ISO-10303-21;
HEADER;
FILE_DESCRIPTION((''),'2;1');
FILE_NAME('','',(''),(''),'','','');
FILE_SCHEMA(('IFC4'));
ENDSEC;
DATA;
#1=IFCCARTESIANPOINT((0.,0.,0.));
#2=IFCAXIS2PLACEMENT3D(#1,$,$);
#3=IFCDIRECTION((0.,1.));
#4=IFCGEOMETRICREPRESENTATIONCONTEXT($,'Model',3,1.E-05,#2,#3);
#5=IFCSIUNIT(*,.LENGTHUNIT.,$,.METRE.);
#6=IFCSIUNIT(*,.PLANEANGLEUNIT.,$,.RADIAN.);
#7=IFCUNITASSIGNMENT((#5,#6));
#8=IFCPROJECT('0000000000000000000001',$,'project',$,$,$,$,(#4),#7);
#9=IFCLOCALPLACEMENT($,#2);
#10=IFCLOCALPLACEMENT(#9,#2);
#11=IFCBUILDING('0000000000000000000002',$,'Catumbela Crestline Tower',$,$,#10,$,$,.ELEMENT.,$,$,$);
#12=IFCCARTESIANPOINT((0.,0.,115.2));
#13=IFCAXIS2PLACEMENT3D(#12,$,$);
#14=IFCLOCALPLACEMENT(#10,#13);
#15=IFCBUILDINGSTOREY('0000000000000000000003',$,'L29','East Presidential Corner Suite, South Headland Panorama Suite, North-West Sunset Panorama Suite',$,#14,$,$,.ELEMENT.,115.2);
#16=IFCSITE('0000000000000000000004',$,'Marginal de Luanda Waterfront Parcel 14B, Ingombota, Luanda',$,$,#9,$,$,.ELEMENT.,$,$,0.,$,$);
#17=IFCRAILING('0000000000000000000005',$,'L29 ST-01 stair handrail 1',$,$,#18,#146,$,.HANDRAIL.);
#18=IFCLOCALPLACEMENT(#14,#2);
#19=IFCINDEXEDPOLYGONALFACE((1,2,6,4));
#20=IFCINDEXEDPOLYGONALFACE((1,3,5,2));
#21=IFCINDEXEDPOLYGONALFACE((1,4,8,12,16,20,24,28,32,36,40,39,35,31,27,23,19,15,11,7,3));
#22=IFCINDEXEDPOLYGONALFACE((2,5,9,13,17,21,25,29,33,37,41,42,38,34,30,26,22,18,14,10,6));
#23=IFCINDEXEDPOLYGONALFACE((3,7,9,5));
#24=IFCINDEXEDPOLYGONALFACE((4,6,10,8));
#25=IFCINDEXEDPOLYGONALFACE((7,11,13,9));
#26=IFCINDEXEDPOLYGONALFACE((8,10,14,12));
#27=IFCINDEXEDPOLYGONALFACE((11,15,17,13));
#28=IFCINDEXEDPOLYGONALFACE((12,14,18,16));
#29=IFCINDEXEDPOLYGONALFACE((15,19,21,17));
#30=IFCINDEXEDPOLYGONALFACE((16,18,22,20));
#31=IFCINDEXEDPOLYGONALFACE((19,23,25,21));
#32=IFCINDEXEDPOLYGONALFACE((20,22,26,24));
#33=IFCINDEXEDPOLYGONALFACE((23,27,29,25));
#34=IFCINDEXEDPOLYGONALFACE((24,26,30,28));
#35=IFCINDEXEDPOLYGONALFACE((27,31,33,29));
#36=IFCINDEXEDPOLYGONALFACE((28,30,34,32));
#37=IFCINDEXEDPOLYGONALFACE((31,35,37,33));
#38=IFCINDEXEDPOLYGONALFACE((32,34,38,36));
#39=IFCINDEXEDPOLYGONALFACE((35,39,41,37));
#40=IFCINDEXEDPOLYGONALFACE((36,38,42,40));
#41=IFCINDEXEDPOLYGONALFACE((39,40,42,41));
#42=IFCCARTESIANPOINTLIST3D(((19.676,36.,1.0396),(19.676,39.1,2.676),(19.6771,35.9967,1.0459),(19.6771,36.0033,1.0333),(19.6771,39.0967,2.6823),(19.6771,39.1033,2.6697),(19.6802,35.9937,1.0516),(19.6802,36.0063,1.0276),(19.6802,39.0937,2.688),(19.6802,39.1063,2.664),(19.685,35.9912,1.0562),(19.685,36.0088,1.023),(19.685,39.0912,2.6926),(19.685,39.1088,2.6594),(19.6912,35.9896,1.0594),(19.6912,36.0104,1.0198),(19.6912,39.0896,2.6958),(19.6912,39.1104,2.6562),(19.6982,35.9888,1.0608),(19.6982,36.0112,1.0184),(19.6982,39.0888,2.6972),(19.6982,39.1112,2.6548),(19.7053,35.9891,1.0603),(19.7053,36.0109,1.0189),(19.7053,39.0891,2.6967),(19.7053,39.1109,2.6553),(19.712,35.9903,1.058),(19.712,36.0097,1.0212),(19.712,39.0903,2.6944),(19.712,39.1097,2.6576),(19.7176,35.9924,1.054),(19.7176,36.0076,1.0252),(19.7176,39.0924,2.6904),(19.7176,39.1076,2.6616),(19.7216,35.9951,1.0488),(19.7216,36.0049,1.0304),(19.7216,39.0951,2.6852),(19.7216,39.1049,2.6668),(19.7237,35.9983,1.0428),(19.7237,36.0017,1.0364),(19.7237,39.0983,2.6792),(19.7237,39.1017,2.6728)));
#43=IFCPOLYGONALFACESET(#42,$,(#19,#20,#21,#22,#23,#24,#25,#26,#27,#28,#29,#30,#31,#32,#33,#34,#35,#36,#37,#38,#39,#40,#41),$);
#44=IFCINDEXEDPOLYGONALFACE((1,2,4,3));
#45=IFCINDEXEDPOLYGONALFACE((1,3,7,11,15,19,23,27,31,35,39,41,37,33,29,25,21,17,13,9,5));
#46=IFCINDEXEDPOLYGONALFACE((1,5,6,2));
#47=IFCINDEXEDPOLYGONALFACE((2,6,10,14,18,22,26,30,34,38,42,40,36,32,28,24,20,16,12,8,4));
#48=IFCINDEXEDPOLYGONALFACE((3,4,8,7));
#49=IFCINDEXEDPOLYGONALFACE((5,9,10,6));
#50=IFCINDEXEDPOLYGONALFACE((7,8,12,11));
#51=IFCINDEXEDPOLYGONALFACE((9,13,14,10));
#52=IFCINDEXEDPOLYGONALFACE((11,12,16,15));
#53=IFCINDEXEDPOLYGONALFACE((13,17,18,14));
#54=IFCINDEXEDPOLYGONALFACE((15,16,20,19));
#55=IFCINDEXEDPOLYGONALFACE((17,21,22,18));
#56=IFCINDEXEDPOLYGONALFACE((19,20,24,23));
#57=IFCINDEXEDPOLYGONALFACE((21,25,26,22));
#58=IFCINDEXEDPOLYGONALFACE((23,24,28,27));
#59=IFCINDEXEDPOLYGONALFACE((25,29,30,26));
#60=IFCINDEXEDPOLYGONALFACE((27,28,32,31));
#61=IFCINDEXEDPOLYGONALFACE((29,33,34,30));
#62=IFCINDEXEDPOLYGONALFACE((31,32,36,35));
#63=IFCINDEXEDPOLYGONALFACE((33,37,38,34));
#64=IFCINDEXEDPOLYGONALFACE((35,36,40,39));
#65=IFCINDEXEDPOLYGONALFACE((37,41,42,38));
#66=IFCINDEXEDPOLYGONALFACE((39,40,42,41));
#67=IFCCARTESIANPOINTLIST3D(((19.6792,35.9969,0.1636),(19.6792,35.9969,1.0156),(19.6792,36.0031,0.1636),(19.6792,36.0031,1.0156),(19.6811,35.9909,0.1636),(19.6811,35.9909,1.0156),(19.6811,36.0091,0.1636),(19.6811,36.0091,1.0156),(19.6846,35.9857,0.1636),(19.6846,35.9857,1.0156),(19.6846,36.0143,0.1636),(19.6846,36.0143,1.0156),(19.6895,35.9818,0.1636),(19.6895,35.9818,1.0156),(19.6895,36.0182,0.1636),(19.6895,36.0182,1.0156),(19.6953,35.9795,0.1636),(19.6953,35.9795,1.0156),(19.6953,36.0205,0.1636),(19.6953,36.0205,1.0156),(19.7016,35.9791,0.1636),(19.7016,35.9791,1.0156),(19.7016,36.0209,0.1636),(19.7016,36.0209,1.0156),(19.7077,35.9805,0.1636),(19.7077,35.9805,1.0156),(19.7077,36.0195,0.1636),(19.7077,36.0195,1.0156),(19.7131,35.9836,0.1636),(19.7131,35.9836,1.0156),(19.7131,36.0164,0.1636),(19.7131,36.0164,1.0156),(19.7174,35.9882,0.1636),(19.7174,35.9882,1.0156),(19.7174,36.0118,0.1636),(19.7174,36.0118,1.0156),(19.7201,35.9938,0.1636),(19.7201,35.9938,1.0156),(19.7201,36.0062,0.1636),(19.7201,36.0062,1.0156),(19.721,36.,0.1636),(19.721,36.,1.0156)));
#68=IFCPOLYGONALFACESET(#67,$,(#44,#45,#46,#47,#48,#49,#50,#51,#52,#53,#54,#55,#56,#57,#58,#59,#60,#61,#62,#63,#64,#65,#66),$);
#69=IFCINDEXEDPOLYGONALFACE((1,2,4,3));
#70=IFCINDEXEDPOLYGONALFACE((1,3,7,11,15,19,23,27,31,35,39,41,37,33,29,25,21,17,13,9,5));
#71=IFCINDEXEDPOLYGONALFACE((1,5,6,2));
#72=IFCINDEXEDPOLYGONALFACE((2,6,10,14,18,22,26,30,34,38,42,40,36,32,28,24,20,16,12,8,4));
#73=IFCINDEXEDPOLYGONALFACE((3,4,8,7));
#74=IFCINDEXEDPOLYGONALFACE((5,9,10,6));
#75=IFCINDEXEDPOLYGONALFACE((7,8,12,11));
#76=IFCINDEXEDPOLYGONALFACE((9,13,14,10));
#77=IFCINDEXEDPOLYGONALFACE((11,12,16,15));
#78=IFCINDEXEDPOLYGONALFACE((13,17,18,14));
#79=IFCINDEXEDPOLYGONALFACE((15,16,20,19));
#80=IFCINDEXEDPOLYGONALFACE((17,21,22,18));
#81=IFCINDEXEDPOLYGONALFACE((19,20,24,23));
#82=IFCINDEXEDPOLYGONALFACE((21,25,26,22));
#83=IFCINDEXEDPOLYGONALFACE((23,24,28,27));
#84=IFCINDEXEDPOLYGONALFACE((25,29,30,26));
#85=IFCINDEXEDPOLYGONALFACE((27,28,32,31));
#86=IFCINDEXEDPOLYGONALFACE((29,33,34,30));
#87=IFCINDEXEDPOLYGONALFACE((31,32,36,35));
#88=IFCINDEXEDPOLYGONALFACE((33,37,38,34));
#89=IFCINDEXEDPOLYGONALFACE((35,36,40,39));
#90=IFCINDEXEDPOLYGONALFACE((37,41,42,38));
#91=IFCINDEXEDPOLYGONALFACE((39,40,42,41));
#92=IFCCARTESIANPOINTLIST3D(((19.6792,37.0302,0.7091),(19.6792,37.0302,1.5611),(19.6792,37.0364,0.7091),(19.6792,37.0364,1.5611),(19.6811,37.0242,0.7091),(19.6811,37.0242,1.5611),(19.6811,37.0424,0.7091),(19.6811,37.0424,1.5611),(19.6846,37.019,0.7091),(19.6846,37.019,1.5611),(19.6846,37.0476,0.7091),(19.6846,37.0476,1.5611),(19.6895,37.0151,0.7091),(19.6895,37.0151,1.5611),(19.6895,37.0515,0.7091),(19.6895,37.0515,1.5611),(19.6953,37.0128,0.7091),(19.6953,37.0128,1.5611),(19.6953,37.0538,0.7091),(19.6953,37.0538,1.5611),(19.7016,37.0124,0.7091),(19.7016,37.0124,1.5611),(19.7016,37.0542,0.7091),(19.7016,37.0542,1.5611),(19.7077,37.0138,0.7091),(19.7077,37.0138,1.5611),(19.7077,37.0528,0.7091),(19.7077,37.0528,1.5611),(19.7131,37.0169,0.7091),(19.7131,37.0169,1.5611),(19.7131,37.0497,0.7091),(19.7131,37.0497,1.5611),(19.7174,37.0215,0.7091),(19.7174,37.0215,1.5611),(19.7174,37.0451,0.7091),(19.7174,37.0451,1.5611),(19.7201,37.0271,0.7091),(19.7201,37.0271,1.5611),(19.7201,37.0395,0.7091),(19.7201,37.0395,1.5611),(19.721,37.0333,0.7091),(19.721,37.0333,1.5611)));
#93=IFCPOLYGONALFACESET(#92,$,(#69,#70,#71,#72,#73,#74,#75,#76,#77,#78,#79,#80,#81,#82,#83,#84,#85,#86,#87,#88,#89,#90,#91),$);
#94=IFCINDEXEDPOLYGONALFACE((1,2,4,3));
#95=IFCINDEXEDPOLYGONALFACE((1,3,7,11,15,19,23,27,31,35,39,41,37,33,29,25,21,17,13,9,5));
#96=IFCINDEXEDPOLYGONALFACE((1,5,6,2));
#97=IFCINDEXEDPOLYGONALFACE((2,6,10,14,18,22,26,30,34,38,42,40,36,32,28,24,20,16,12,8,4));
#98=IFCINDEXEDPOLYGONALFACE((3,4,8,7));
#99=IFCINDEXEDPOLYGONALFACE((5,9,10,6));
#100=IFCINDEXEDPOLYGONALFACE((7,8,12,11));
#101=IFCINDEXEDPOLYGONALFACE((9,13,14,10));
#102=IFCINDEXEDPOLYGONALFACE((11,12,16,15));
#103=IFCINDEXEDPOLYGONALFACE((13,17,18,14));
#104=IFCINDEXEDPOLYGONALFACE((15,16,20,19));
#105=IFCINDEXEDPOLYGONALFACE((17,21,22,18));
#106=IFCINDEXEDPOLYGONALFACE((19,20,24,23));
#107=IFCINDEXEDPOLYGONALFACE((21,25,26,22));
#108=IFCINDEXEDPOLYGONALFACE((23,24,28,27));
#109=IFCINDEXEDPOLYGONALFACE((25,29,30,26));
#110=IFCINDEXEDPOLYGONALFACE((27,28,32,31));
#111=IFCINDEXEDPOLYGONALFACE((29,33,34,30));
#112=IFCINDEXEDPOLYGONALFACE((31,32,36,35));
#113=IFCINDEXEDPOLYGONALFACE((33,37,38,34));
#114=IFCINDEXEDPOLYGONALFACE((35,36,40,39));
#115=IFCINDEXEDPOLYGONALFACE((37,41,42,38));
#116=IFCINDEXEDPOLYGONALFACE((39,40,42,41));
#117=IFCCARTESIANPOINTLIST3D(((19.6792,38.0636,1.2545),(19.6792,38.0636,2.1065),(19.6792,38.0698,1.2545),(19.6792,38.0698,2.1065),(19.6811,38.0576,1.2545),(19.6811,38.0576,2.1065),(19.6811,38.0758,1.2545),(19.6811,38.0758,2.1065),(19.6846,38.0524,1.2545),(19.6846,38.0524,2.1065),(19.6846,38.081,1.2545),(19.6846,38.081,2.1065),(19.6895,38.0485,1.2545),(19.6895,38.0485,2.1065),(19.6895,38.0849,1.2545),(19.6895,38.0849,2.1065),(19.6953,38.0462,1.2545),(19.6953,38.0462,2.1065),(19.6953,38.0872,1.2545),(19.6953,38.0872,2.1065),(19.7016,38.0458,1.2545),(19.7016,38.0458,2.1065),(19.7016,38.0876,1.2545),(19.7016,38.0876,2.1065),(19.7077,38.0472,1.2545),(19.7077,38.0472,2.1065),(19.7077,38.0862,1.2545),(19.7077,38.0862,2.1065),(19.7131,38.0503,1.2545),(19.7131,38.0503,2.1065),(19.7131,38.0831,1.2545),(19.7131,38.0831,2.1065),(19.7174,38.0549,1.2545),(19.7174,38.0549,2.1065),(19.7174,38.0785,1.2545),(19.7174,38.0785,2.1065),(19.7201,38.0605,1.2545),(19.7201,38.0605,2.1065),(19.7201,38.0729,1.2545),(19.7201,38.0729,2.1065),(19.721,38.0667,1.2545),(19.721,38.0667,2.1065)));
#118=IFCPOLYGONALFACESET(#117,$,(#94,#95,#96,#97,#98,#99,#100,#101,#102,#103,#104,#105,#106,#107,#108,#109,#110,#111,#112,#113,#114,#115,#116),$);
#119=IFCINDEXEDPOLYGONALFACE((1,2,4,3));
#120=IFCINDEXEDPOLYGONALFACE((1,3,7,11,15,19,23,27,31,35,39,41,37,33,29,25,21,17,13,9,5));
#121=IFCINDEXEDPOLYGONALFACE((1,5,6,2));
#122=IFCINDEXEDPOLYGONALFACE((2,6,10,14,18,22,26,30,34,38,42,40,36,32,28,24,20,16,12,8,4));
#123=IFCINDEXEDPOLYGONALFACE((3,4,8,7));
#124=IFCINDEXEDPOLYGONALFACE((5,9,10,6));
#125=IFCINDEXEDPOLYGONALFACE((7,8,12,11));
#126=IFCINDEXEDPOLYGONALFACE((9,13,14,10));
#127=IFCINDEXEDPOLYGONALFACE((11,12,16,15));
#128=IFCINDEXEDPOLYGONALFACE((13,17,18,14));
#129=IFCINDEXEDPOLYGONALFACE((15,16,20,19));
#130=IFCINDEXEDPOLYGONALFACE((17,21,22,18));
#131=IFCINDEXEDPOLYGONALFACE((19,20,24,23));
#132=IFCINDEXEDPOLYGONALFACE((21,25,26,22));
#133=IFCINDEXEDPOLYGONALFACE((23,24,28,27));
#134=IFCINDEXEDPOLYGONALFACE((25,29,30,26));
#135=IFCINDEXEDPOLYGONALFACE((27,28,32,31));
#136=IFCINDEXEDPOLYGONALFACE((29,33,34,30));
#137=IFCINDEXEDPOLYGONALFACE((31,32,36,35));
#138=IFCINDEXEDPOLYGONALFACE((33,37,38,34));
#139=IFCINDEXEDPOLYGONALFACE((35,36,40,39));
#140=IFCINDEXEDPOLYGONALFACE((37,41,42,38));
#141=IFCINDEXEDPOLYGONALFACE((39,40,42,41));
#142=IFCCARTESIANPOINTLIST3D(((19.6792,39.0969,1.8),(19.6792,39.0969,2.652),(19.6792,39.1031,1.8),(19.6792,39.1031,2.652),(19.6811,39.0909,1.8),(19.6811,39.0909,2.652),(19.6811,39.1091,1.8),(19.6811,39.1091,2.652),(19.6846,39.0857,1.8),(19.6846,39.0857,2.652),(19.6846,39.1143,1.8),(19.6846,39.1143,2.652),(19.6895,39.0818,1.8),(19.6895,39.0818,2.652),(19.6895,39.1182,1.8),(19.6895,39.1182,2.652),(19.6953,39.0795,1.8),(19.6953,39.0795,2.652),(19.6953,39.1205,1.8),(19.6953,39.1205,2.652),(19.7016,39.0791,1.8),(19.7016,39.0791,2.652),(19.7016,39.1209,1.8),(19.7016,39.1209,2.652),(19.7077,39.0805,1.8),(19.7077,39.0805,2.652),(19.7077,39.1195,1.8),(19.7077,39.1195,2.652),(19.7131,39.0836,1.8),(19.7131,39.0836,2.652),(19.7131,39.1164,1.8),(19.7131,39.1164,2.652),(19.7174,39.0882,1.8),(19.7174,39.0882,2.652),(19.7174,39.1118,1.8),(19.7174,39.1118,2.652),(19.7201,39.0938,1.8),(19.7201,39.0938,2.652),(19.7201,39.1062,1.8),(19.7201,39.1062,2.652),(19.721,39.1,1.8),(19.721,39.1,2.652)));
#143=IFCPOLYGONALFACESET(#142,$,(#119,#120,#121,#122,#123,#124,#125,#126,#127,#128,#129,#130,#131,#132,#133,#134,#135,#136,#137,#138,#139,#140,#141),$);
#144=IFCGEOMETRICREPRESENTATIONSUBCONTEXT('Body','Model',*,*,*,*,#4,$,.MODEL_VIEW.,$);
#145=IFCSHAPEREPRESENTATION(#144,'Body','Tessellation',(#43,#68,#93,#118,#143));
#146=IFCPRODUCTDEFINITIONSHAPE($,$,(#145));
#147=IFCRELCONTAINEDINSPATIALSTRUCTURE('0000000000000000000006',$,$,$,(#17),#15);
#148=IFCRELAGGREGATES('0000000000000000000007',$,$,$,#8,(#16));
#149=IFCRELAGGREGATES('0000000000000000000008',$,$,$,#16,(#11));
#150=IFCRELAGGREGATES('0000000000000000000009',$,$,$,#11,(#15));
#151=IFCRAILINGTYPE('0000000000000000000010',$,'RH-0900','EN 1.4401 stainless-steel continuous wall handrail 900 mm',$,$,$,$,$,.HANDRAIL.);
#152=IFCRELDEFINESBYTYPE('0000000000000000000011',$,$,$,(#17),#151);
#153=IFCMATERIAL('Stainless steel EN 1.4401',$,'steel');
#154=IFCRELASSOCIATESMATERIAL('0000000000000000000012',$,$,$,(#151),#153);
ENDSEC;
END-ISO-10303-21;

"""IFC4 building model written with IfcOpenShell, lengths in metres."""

from ifc_helpers import new_model, si_unit, direction, frame, origin, origin_2d, place, context, subcontext, project, spatial, circle, extrude, material, type_object, element, save


model = new_model("IFC4")

# Units and contexts
model_context = context("Model", 3, precision=1e-05, world=origin(), true_north=direction((0.0, 1.0)))
body_context = subcontext(model_context, "Body", "Model", "MODEL_VIEW")
ifc_project = project(units=[si_unit("LENGTHUNIT", "METRE"), si_unit("PLANEANGLEUNIT", "RADIAN")], contexts=[model_context])

# Site, building, storey
site_placement = place(None, origin())
site = spatial("IfcSite", under=ifc_project, at=site_placement, Name="Marginal de Luanda Waterfront Parcel 14B, Ingombota, Luanda", CompositionType="ELEMENT", RefElevation=0.0)
building_placement = place(site_placement, origin())
building = spatial("IfcBuilding", under=site, at=building_placement, Name="Catumbela Crestline Tower", CompositionType="ELEMENT")
storey_placement = place(building_placement, frame((0.0, 0.0, 115.2)))
storey = spatial("IfcBuildingStorey", under=building, at=storey_placement, Name="L29", Description="East Presidential Corner Suite, South Headland Panorama Suite, North-West Sunset Panorama Suite", CompositionType="ELEMENT", Elevation=115.2)

# Shared definitions
ifc_material_1 = material(Name="Stainless steel EN 1.4401", Category="steel")

# Railing
railing_type = type_object("IfcRailingType", Name="RH-0900", Description="EN 1.4401 stainless-steel continuous wall handrail 900 mm", PredefinedType="HANDRAIL", material=ifc_material_1)
railing_placement = place(storey_placement, frame((19.7, 36.0, 0.1636)))
element("IfcRailing", 1, at=railing_placement, inside=storey, type_object=railing_type, Name="L29 ST-01 stair handrail 1", PredefinedType="HANDRAIL", context=body_context, shape_type="SweptSolid", body=[
    extrude(circle(Radius=0.024, at=origin_2d()), frame((0.0, 0.0, 0.876), z_axis=(0.0, 0.884351, 0.466823), x_axis=(-1.0, 0.0, 0.0)), (0.0, 0.0, 1.0), 3.5054),
    extrude(circle(Radius=0.021, at=origin_2d()), origin(), (0.0, 0.0, 1.0), 0.852),
    extrude(circle(Radius=0.021, at=origin_2d()), frame((0.0, 1.0333, 0.5455)), (0.0, 0.0, 1.0), 0.852),
    extrude(circle(Radius=0.021, at=origin_2d()), frame((0.0, 2.0667, 1.0909)), (0.0, 0.0, 1.0), 0.852),
    extrude(circle(Radius=0.021, at=origin_2d()), frame((0.0, 3.1, 1.6364)), (0.0, 0.0, 1.0), 0.852),
])

save(model, "model.ifc")
